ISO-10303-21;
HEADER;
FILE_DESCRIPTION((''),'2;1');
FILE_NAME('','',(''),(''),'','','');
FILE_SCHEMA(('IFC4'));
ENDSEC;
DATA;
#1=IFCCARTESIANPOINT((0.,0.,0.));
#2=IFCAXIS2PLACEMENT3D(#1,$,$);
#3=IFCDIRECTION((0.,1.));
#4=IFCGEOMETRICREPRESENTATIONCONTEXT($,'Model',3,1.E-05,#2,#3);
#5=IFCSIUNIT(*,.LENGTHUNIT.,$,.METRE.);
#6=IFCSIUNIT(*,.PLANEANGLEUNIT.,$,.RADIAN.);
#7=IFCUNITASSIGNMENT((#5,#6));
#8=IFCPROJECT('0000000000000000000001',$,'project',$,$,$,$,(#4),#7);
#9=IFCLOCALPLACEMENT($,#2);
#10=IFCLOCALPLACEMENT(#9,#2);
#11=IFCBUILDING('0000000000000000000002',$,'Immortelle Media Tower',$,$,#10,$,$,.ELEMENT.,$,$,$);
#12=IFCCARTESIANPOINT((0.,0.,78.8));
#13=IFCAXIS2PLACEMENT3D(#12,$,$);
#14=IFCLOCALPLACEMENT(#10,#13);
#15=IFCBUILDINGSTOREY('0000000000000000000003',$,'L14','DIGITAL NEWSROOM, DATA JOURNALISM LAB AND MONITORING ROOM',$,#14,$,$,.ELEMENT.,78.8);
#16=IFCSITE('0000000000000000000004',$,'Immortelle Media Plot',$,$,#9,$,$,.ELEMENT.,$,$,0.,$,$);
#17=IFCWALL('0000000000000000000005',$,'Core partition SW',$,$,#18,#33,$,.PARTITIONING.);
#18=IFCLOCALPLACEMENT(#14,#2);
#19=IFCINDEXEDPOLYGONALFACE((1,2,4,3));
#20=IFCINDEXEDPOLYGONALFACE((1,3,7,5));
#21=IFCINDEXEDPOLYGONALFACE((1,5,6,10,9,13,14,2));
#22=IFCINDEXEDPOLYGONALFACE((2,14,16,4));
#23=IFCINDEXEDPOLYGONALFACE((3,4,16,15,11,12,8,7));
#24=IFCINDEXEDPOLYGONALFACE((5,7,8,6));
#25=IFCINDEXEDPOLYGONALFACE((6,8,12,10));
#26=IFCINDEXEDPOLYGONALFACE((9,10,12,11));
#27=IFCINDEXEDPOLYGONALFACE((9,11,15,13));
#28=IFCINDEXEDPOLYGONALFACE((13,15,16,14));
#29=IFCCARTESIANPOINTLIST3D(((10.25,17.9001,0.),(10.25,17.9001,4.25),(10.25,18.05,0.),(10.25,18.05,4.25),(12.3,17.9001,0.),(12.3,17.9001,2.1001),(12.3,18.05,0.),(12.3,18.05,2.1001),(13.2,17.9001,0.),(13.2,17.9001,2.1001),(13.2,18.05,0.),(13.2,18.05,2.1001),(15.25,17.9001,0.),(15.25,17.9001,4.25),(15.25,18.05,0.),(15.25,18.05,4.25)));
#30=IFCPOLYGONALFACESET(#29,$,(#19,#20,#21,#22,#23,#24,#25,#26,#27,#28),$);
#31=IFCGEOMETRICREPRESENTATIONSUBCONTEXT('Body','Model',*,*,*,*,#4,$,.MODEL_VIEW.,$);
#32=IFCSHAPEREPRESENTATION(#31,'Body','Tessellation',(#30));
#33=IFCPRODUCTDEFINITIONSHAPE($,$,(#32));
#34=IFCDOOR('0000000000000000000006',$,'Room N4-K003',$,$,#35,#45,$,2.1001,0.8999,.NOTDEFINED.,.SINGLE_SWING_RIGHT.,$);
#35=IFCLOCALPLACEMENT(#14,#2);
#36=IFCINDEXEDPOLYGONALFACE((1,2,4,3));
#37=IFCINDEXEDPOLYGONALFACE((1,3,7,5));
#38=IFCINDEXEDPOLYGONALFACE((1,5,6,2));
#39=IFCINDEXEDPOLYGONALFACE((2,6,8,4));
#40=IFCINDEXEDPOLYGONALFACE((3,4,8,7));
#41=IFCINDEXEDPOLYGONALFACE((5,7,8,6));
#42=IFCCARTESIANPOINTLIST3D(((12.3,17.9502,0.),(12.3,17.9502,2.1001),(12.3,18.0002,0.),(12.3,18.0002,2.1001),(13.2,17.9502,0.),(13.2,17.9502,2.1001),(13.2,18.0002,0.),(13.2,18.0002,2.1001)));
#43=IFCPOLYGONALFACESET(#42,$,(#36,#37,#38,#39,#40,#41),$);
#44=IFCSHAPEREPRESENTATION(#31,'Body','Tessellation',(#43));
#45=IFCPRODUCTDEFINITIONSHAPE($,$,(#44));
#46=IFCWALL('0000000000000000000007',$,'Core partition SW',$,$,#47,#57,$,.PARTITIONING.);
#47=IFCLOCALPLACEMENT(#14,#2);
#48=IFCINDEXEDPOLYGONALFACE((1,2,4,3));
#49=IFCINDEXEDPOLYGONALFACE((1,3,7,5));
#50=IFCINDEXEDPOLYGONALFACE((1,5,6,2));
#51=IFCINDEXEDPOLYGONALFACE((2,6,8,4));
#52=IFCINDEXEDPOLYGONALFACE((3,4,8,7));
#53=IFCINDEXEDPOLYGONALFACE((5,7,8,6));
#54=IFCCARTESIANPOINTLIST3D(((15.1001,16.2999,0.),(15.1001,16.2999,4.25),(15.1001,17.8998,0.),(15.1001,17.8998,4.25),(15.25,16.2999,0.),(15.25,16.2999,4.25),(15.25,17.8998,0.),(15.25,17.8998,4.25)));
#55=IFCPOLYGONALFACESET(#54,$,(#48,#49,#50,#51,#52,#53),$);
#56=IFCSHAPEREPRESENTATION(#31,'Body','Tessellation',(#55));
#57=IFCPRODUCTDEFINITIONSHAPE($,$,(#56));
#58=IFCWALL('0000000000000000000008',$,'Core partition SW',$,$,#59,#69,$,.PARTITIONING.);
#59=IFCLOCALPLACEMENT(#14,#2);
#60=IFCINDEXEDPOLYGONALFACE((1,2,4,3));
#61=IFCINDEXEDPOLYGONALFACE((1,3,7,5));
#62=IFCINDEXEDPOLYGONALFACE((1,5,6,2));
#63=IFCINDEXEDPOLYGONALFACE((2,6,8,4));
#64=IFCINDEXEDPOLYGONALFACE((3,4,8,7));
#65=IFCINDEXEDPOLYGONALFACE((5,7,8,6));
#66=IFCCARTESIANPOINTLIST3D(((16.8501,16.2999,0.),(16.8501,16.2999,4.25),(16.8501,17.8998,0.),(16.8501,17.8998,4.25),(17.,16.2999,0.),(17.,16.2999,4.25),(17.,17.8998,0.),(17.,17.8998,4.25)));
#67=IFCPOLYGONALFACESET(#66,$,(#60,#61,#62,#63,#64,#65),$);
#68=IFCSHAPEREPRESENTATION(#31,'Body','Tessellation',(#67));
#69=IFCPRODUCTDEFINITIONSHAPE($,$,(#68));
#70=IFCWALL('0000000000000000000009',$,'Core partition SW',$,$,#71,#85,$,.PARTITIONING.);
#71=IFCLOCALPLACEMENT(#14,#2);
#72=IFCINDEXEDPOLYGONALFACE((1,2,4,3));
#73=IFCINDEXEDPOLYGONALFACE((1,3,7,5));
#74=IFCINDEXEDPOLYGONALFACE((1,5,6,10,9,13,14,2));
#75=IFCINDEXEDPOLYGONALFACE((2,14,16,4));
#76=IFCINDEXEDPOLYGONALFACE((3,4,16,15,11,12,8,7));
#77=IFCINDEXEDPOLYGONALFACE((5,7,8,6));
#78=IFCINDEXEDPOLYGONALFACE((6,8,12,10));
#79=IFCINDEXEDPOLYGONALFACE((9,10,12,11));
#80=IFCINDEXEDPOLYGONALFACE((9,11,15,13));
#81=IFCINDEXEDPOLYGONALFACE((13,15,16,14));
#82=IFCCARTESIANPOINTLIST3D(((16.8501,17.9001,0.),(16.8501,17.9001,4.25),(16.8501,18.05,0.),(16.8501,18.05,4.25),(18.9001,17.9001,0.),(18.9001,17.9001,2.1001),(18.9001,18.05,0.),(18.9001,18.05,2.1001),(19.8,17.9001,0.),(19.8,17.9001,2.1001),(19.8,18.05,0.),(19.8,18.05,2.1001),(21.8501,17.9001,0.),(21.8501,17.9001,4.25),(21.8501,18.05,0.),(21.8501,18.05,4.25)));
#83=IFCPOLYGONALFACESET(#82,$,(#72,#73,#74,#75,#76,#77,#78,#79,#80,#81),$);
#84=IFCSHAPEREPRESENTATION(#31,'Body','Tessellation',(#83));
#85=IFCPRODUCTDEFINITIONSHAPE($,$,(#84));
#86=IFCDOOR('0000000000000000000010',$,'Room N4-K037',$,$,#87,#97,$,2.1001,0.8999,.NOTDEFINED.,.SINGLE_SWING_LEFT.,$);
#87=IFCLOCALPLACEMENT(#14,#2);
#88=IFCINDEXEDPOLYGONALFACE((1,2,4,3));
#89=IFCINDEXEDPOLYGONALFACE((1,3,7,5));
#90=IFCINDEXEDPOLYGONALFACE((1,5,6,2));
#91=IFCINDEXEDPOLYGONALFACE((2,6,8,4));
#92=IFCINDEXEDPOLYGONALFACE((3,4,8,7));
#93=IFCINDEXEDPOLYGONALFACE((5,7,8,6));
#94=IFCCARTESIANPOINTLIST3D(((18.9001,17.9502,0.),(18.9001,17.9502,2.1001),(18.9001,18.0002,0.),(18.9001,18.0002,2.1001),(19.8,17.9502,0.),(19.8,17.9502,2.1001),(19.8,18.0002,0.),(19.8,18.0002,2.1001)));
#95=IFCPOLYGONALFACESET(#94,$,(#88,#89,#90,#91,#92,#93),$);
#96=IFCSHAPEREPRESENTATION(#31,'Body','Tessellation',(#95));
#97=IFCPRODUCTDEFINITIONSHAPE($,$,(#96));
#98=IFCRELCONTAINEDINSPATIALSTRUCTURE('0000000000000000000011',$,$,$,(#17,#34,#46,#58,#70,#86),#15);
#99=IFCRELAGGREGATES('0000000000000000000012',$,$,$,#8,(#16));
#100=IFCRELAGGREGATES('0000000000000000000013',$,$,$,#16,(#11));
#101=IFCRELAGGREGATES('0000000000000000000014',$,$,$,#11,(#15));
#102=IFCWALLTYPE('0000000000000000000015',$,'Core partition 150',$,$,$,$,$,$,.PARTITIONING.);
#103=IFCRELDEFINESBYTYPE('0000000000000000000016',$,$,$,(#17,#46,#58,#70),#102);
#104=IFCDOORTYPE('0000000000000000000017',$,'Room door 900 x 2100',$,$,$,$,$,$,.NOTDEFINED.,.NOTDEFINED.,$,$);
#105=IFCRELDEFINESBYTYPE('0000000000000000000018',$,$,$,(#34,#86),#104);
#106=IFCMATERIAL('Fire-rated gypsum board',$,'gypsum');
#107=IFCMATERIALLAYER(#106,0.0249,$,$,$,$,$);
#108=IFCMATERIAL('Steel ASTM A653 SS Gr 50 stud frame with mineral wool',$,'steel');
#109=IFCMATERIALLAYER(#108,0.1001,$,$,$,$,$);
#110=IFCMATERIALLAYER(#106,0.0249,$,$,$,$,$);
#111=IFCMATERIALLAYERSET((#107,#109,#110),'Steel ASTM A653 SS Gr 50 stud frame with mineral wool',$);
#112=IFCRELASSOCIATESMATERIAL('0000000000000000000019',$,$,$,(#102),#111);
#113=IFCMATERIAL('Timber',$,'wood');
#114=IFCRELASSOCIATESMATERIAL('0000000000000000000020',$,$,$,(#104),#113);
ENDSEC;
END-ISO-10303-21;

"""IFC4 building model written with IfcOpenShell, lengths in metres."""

from ifc_helpers import new_model, si_unit, direction, frame, frame_2d, origin, place, context, subcontext, project, spatial, rectangle, extrude, material, layer, layer_set, type_object, element, fill, save


model = new_model("IFC4")

# Units and contexts
model_context = context("Model", 3, precision=1e-05, world=origin(), true_north=direction((0.0, 1.0)))
body_context = subcontext(model_context, "Body", "Model", "MODEL_VIEW")
ifc_project = project(units=[si_unit("LENGTHUNIT", "METRE"), si_unit("PLANEANGLEUNIT", "RADIAN")], contexts=[model_context])

# Site, building, storey
site_placement = place(None, origin())
site = spatial("IfcSite", under=ifc_project, at=site_placement, Name="Immortelle Media Plot", CompositionType="ELEMENT", RefElevation=0.0)
building_placement = place(site_placement, origin())
building = spatial("IfcBuilding", under=site, at=building_placement, Name="Immortelle Media Tower", CompositionType="ELEMENT")
storey_placement = place(building_placement, frame((0.0, 0.0, 78.8)))
storey = spatial("IfcBuildingStorey", under=building, at=storey_placement, Name="L14", Description="DIGITAL NEWSROOM, DATA JOURNALISM LAB AND MONITORING ROOM", CompositionType="ELEMENT", Elevation=78.8)

# Shared definitions
ifc_material_1 = material(Name="Fire-rated gypsum board", Category="gypsum")
ifc_layer_1 = layer(ifc_material_1, 0.0249)
ifc_material_2 = material(Name="Steel ASTM A653 SS Gr 50 stud frame with mineral wool", Category="steel")
ifc_layer_2 = layer(ifc_material_2, 0.1001)
ifc_layer_3 = layer(ifc_material_1, 0.0249)
ifc_layer_set_1 = layer_set([ifc_layer_1, ifc_layer_2, ifc_layer_3], Name="Steel ASTM A653 SS Gr 50 stud frame with mineral wool")
wall_type_1 = type_object("IfcWallType", Name="Core partition 150", PredefinedType="PARTITIONING", material=ifc_layer_set_1)

# Wall, opening, door
wall_1_placement = place(storey_placement, frame((10.25, 17.9751, 0.0), z_axis=(0.0, 0.0, 1.0), x_axis=(1.0, 0.0, 0.0)))
wall_1 = element("IfcWall", 1, at=wall_1_placement, inside=storey, type_object=wall_type_1, Name="Core partition SW", PredefinedType="PARTITIONING", context=body_context, shape_type="SweptSolid", body=[
    extrude(rectangle(XDim=5.0, YDim=0.1499, at=frame_2d((2.5, 0.0))), origin(), (0.0, 0.0, 1.0), 4.25),
])
opening_1_placement = place(wall_1_placement, frame((2.95, 0.0, 0.0), z_axis=(0.0, 0.0, 1.0), x_axis=(-1.0, 0.0, 0.0)))
opening_1 = element("IfcOpeningElement", 2, at=opening_1_placement, cuts=wall_1, PredefinedType="OPENING", context=body_context, shape_type="SweptSolid", body=[
    extrude(rectangle(XDim=0.8999, YDim=2.1001, at=frame_2d((0.45, 1.05))), frame((0.0, 0.085, 0.0), z_axis=(0.0, -1.0, 0.0), x_axis=(1.0, 0.0, 0.0)), (0.0, 0.0, 1.0), 0.1699),
])
ifc_material_3 = material(Name="Timber", Category="wood")
door_type_1 = type_object("IfcDoorType", Name="Room door 900 x 2100", OperationType="NOTDEFINED", PredefinedType="NOTDEFINED", material=ifc_material_3)
door_1_placement = place(opening_1_placement, origin())
door_1 = element("IfcDoor", 3, at=door_1_placement, inside=storey, type_object=door_type_1, Name="Room N4-K003", OperationType="SINGLE_SWING_RIGHT", OverallHeight=2.1001, OverallWidth=0.8999, PredefinedType="NOTDEFINED", context=body_context, shape_type="SweptSolid", body=[
    extrude(rectangle(XDim=0.8999, YDim=2.1001, at=frame_2d((0.45, 1.05))), frame((0.0, 0.0249, 0.0), z_axis=(0.0, -1.0, 0.0), x_axis=(1.0, 0.0, 0.0)), (0.0, 0.0, 1.0), 0.05),
])
fill(opening_1, door_1)

# Walls
for number, where, z_axis, x_axis, name in (
    (4, (15.175, 16.3, 0.0), (0.0, 0.0, 1.0), (0.0, 1.0, 0.0), "Core partition SW"),
    (5, (16.925, 16.3, 0.0), (0.0, 0.0, 1.0), (0.0, 1.0, 0.0), "Core partition SW"),
):
    element("IfcWall", number, at=place(storey_placement, frame(where, z_axis=z_axis, x_axis=x_axis)), inside=storey, type_object=wall_type_1, Name=name, PredefinedType="PARTITIONING", context=body_context, shape_type="SweptSolid", body=[
        extrude(rectangle(XDim=1.5999, YDim=0.1499, at=frame_2d((0.7998, 0.0))), origin(), (0.0, 0.0, 1.0), 4.25),
    ])

# Wall, opening, door
wall_2_placement = place(storey_placement, frame((16.8501, 17.9751, 0.0), z_axis=(0.0, 0.0, 1.0), x_axis=(1.0, 0.0, 0.0)))
wall_2 = element("IfcWall", 6, at=wall_2_placement, inside=storey, type_object=wall_type_1, Name="Core partition SW", PredefinedType="PARTITIONING", context=body_context, shape_type="SweptSolid", body=[
    extrude(rectangle(XDim=5.0, YDim=0.1499, at=frame_2d((2.5, 0.0))), origin(), (0.0, 0.0, 1.0), 4.25),
])
opening_2_placement = place(wall_2_placement, frame((2.95, 0.0, 0.0), z_axis=(0.0, 0.0, 1.0), x_axis=(-1.0, 0.0, 0.0)))
opening_2 = element("IfcOpeningElement", 7, at=opening_2_placement, cuts=wall_2, PredefinedType="OPENING", context=body_context, shape_type="SweptSolid", body=[
    extrude(rectangle(XDim=0.8999, YDim=2.1001, at=frame_2d((0.45, 1.05))), frame((0.0, 0.085, 0.0), z_axis=(0.0, -1.0, 0.0), x_axis=(1.0, 0.0, 0.0)), (0.0, 0.0, 1.0), 0.1699),
])
door_2_placement = place(opening_2_placement, origin())
door_2 = element("IfcDoor", 8, at=door_2_placement, inside=storey, type_object=door_type_1, Name="Room N4-K037", OperationType="SINGLE_SWING_LEFT", OverallHeight=2.1001, OverallWidth=0.8999, PredefinedType="NOTDEFINED", context=body_context, shape_type="SweptSolid", body=[
    extrude(rectangle(XDim=0.8999, YDim=2.1001, at=frame_2d((0.45, 1.05))), frame((0.0, 0.0249, 0.0), z_axis=(0.0, -1.0, 0.0), x_axis=(1.0, 0.0, 0.0)), (0.0, 0.0, 1.0), 0.05),
])
fill(opening_2, door_2)

save(model, "model.ifc")
